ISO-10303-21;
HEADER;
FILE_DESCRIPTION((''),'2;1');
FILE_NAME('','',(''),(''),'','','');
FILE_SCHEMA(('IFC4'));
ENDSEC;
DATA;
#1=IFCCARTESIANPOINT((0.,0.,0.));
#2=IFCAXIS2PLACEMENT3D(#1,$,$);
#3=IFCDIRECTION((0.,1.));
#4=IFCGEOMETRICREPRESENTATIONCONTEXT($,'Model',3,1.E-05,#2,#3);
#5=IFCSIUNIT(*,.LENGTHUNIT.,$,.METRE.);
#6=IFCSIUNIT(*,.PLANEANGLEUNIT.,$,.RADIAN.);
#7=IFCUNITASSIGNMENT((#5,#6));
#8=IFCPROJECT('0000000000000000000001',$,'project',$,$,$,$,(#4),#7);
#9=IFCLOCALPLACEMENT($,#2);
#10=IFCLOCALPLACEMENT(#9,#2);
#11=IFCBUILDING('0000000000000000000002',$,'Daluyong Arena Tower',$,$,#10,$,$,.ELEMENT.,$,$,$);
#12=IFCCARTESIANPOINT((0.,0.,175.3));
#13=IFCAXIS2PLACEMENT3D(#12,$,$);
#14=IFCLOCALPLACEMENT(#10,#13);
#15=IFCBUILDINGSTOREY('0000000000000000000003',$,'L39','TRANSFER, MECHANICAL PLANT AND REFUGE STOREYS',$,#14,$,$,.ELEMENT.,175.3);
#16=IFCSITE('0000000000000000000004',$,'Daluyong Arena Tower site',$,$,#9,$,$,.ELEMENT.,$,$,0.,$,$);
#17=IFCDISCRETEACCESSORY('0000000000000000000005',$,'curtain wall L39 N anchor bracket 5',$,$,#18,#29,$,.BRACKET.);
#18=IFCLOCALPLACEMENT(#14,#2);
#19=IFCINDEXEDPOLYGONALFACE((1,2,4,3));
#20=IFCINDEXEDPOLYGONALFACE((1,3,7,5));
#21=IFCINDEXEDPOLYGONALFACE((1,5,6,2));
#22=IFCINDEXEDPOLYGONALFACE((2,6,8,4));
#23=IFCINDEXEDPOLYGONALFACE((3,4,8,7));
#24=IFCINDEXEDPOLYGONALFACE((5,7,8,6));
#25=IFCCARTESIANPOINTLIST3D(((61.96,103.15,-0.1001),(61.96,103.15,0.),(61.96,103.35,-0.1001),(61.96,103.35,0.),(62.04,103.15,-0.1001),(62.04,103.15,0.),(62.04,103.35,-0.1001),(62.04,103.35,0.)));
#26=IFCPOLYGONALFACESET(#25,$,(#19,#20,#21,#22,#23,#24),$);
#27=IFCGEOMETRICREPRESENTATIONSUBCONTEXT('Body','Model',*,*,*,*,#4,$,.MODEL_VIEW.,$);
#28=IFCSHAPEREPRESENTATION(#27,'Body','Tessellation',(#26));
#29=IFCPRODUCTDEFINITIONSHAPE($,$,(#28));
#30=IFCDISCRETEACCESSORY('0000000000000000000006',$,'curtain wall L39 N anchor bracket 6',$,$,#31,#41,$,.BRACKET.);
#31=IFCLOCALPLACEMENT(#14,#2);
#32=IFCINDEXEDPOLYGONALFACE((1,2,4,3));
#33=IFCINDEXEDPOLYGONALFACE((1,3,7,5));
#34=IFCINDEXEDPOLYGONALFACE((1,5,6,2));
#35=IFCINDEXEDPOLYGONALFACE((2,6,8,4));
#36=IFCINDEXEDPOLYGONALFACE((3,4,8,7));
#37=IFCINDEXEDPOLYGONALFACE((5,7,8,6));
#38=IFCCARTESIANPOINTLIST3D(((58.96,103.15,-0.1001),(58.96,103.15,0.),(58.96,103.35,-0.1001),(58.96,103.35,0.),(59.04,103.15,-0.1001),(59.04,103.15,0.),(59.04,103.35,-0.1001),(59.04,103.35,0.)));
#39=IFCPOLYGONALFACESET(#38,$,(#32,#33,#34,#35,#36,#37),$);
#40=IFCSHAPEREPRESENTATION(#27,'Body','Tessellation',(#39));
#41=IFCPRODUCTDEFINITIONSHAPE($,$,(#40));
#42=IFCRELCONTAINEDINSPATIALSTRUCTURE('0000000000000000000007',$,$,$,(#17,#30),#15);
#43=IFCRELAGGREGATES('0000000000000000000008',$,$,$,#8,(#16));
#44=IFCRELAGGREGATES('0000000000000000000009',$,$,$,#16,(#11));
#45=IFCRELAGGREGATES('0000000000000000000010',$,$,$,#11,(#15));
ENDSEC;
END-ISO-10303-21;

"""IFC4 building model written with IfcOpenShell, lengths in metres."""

from ifc_helpers import new_model, si_unit, direction, frame, origin, origin_2d, place, context, subcontext, project, spatial, rectangle, extrude, element, save


model = new_model("IFC4")

# Units and contexts
model_context = context("Model", 3, precision=1e-05, world=origin(), true_north=direction((0.0, 1.0)))
body_context = subcontext(model_context, "Body", "Model", "MODEL_VIEW")
ifc_project = project(units=[si_unit("LENGTHUNIT", "METRE"), si_unit("PLANEANGLEUNIT", "RADIAN")], contexts=[model_context])

# Site, building, storey
site_placement = place(None, origin())
site = spatial("IfcSite", under=ifc_project, at=site_placement, Name="Daluyong Arena Tower site", CompositionType="ELEMENT", RefElevation=0.0)
building_placement = place(site_placement, origin())
building = spatial("IfcBuilding", under=site, at=building_placement, Name="Daluyong Arena Tower", CompositionType="ELEMENT")
storey_placement = place(building_placement, frame((0.0, 0.0, 175.3)))
storey = spatial("IfcBuildingStorey", under=building, at=storey_placement, Name="L39", Description="TRANSFER, MECHANICAL PLANT AND REFUGE STOREYS", CompositionType="ELEMENT", Elevation=175.3)

# Discrete accessories
for number, where, z_axis, x_axis, name in (
    (1, (62.0, 103.25, -0.1001), (0.0, 0.0, 1.0), (-1.0, 0.0, 0.0), "curtain wall L39 N anchor bracket 5"),
    (2, (59.0, 103.25, -0.1001), (0.0, 0.0, 1.0), (-1.0, 0.0, 0.0), "curtain wall L39 N anchor bracket 6"),
):
    element("IfcDiscreteAccessory", number, at=place(storey_placement, frame(where, z_axis=z_axis, x_axis=x_axis)), inside=storey, Name=name, PredefinedType="BRACKET", context=body_context, shape_type="SweptSolid", body=[
        extrude(rectangle(XDim=0.0801, YDim=0.2, at=origin_2d()), origin(), (0.0, 0.0, 1.0), 0.1001),
    ])

save(model, "model.ifc")
